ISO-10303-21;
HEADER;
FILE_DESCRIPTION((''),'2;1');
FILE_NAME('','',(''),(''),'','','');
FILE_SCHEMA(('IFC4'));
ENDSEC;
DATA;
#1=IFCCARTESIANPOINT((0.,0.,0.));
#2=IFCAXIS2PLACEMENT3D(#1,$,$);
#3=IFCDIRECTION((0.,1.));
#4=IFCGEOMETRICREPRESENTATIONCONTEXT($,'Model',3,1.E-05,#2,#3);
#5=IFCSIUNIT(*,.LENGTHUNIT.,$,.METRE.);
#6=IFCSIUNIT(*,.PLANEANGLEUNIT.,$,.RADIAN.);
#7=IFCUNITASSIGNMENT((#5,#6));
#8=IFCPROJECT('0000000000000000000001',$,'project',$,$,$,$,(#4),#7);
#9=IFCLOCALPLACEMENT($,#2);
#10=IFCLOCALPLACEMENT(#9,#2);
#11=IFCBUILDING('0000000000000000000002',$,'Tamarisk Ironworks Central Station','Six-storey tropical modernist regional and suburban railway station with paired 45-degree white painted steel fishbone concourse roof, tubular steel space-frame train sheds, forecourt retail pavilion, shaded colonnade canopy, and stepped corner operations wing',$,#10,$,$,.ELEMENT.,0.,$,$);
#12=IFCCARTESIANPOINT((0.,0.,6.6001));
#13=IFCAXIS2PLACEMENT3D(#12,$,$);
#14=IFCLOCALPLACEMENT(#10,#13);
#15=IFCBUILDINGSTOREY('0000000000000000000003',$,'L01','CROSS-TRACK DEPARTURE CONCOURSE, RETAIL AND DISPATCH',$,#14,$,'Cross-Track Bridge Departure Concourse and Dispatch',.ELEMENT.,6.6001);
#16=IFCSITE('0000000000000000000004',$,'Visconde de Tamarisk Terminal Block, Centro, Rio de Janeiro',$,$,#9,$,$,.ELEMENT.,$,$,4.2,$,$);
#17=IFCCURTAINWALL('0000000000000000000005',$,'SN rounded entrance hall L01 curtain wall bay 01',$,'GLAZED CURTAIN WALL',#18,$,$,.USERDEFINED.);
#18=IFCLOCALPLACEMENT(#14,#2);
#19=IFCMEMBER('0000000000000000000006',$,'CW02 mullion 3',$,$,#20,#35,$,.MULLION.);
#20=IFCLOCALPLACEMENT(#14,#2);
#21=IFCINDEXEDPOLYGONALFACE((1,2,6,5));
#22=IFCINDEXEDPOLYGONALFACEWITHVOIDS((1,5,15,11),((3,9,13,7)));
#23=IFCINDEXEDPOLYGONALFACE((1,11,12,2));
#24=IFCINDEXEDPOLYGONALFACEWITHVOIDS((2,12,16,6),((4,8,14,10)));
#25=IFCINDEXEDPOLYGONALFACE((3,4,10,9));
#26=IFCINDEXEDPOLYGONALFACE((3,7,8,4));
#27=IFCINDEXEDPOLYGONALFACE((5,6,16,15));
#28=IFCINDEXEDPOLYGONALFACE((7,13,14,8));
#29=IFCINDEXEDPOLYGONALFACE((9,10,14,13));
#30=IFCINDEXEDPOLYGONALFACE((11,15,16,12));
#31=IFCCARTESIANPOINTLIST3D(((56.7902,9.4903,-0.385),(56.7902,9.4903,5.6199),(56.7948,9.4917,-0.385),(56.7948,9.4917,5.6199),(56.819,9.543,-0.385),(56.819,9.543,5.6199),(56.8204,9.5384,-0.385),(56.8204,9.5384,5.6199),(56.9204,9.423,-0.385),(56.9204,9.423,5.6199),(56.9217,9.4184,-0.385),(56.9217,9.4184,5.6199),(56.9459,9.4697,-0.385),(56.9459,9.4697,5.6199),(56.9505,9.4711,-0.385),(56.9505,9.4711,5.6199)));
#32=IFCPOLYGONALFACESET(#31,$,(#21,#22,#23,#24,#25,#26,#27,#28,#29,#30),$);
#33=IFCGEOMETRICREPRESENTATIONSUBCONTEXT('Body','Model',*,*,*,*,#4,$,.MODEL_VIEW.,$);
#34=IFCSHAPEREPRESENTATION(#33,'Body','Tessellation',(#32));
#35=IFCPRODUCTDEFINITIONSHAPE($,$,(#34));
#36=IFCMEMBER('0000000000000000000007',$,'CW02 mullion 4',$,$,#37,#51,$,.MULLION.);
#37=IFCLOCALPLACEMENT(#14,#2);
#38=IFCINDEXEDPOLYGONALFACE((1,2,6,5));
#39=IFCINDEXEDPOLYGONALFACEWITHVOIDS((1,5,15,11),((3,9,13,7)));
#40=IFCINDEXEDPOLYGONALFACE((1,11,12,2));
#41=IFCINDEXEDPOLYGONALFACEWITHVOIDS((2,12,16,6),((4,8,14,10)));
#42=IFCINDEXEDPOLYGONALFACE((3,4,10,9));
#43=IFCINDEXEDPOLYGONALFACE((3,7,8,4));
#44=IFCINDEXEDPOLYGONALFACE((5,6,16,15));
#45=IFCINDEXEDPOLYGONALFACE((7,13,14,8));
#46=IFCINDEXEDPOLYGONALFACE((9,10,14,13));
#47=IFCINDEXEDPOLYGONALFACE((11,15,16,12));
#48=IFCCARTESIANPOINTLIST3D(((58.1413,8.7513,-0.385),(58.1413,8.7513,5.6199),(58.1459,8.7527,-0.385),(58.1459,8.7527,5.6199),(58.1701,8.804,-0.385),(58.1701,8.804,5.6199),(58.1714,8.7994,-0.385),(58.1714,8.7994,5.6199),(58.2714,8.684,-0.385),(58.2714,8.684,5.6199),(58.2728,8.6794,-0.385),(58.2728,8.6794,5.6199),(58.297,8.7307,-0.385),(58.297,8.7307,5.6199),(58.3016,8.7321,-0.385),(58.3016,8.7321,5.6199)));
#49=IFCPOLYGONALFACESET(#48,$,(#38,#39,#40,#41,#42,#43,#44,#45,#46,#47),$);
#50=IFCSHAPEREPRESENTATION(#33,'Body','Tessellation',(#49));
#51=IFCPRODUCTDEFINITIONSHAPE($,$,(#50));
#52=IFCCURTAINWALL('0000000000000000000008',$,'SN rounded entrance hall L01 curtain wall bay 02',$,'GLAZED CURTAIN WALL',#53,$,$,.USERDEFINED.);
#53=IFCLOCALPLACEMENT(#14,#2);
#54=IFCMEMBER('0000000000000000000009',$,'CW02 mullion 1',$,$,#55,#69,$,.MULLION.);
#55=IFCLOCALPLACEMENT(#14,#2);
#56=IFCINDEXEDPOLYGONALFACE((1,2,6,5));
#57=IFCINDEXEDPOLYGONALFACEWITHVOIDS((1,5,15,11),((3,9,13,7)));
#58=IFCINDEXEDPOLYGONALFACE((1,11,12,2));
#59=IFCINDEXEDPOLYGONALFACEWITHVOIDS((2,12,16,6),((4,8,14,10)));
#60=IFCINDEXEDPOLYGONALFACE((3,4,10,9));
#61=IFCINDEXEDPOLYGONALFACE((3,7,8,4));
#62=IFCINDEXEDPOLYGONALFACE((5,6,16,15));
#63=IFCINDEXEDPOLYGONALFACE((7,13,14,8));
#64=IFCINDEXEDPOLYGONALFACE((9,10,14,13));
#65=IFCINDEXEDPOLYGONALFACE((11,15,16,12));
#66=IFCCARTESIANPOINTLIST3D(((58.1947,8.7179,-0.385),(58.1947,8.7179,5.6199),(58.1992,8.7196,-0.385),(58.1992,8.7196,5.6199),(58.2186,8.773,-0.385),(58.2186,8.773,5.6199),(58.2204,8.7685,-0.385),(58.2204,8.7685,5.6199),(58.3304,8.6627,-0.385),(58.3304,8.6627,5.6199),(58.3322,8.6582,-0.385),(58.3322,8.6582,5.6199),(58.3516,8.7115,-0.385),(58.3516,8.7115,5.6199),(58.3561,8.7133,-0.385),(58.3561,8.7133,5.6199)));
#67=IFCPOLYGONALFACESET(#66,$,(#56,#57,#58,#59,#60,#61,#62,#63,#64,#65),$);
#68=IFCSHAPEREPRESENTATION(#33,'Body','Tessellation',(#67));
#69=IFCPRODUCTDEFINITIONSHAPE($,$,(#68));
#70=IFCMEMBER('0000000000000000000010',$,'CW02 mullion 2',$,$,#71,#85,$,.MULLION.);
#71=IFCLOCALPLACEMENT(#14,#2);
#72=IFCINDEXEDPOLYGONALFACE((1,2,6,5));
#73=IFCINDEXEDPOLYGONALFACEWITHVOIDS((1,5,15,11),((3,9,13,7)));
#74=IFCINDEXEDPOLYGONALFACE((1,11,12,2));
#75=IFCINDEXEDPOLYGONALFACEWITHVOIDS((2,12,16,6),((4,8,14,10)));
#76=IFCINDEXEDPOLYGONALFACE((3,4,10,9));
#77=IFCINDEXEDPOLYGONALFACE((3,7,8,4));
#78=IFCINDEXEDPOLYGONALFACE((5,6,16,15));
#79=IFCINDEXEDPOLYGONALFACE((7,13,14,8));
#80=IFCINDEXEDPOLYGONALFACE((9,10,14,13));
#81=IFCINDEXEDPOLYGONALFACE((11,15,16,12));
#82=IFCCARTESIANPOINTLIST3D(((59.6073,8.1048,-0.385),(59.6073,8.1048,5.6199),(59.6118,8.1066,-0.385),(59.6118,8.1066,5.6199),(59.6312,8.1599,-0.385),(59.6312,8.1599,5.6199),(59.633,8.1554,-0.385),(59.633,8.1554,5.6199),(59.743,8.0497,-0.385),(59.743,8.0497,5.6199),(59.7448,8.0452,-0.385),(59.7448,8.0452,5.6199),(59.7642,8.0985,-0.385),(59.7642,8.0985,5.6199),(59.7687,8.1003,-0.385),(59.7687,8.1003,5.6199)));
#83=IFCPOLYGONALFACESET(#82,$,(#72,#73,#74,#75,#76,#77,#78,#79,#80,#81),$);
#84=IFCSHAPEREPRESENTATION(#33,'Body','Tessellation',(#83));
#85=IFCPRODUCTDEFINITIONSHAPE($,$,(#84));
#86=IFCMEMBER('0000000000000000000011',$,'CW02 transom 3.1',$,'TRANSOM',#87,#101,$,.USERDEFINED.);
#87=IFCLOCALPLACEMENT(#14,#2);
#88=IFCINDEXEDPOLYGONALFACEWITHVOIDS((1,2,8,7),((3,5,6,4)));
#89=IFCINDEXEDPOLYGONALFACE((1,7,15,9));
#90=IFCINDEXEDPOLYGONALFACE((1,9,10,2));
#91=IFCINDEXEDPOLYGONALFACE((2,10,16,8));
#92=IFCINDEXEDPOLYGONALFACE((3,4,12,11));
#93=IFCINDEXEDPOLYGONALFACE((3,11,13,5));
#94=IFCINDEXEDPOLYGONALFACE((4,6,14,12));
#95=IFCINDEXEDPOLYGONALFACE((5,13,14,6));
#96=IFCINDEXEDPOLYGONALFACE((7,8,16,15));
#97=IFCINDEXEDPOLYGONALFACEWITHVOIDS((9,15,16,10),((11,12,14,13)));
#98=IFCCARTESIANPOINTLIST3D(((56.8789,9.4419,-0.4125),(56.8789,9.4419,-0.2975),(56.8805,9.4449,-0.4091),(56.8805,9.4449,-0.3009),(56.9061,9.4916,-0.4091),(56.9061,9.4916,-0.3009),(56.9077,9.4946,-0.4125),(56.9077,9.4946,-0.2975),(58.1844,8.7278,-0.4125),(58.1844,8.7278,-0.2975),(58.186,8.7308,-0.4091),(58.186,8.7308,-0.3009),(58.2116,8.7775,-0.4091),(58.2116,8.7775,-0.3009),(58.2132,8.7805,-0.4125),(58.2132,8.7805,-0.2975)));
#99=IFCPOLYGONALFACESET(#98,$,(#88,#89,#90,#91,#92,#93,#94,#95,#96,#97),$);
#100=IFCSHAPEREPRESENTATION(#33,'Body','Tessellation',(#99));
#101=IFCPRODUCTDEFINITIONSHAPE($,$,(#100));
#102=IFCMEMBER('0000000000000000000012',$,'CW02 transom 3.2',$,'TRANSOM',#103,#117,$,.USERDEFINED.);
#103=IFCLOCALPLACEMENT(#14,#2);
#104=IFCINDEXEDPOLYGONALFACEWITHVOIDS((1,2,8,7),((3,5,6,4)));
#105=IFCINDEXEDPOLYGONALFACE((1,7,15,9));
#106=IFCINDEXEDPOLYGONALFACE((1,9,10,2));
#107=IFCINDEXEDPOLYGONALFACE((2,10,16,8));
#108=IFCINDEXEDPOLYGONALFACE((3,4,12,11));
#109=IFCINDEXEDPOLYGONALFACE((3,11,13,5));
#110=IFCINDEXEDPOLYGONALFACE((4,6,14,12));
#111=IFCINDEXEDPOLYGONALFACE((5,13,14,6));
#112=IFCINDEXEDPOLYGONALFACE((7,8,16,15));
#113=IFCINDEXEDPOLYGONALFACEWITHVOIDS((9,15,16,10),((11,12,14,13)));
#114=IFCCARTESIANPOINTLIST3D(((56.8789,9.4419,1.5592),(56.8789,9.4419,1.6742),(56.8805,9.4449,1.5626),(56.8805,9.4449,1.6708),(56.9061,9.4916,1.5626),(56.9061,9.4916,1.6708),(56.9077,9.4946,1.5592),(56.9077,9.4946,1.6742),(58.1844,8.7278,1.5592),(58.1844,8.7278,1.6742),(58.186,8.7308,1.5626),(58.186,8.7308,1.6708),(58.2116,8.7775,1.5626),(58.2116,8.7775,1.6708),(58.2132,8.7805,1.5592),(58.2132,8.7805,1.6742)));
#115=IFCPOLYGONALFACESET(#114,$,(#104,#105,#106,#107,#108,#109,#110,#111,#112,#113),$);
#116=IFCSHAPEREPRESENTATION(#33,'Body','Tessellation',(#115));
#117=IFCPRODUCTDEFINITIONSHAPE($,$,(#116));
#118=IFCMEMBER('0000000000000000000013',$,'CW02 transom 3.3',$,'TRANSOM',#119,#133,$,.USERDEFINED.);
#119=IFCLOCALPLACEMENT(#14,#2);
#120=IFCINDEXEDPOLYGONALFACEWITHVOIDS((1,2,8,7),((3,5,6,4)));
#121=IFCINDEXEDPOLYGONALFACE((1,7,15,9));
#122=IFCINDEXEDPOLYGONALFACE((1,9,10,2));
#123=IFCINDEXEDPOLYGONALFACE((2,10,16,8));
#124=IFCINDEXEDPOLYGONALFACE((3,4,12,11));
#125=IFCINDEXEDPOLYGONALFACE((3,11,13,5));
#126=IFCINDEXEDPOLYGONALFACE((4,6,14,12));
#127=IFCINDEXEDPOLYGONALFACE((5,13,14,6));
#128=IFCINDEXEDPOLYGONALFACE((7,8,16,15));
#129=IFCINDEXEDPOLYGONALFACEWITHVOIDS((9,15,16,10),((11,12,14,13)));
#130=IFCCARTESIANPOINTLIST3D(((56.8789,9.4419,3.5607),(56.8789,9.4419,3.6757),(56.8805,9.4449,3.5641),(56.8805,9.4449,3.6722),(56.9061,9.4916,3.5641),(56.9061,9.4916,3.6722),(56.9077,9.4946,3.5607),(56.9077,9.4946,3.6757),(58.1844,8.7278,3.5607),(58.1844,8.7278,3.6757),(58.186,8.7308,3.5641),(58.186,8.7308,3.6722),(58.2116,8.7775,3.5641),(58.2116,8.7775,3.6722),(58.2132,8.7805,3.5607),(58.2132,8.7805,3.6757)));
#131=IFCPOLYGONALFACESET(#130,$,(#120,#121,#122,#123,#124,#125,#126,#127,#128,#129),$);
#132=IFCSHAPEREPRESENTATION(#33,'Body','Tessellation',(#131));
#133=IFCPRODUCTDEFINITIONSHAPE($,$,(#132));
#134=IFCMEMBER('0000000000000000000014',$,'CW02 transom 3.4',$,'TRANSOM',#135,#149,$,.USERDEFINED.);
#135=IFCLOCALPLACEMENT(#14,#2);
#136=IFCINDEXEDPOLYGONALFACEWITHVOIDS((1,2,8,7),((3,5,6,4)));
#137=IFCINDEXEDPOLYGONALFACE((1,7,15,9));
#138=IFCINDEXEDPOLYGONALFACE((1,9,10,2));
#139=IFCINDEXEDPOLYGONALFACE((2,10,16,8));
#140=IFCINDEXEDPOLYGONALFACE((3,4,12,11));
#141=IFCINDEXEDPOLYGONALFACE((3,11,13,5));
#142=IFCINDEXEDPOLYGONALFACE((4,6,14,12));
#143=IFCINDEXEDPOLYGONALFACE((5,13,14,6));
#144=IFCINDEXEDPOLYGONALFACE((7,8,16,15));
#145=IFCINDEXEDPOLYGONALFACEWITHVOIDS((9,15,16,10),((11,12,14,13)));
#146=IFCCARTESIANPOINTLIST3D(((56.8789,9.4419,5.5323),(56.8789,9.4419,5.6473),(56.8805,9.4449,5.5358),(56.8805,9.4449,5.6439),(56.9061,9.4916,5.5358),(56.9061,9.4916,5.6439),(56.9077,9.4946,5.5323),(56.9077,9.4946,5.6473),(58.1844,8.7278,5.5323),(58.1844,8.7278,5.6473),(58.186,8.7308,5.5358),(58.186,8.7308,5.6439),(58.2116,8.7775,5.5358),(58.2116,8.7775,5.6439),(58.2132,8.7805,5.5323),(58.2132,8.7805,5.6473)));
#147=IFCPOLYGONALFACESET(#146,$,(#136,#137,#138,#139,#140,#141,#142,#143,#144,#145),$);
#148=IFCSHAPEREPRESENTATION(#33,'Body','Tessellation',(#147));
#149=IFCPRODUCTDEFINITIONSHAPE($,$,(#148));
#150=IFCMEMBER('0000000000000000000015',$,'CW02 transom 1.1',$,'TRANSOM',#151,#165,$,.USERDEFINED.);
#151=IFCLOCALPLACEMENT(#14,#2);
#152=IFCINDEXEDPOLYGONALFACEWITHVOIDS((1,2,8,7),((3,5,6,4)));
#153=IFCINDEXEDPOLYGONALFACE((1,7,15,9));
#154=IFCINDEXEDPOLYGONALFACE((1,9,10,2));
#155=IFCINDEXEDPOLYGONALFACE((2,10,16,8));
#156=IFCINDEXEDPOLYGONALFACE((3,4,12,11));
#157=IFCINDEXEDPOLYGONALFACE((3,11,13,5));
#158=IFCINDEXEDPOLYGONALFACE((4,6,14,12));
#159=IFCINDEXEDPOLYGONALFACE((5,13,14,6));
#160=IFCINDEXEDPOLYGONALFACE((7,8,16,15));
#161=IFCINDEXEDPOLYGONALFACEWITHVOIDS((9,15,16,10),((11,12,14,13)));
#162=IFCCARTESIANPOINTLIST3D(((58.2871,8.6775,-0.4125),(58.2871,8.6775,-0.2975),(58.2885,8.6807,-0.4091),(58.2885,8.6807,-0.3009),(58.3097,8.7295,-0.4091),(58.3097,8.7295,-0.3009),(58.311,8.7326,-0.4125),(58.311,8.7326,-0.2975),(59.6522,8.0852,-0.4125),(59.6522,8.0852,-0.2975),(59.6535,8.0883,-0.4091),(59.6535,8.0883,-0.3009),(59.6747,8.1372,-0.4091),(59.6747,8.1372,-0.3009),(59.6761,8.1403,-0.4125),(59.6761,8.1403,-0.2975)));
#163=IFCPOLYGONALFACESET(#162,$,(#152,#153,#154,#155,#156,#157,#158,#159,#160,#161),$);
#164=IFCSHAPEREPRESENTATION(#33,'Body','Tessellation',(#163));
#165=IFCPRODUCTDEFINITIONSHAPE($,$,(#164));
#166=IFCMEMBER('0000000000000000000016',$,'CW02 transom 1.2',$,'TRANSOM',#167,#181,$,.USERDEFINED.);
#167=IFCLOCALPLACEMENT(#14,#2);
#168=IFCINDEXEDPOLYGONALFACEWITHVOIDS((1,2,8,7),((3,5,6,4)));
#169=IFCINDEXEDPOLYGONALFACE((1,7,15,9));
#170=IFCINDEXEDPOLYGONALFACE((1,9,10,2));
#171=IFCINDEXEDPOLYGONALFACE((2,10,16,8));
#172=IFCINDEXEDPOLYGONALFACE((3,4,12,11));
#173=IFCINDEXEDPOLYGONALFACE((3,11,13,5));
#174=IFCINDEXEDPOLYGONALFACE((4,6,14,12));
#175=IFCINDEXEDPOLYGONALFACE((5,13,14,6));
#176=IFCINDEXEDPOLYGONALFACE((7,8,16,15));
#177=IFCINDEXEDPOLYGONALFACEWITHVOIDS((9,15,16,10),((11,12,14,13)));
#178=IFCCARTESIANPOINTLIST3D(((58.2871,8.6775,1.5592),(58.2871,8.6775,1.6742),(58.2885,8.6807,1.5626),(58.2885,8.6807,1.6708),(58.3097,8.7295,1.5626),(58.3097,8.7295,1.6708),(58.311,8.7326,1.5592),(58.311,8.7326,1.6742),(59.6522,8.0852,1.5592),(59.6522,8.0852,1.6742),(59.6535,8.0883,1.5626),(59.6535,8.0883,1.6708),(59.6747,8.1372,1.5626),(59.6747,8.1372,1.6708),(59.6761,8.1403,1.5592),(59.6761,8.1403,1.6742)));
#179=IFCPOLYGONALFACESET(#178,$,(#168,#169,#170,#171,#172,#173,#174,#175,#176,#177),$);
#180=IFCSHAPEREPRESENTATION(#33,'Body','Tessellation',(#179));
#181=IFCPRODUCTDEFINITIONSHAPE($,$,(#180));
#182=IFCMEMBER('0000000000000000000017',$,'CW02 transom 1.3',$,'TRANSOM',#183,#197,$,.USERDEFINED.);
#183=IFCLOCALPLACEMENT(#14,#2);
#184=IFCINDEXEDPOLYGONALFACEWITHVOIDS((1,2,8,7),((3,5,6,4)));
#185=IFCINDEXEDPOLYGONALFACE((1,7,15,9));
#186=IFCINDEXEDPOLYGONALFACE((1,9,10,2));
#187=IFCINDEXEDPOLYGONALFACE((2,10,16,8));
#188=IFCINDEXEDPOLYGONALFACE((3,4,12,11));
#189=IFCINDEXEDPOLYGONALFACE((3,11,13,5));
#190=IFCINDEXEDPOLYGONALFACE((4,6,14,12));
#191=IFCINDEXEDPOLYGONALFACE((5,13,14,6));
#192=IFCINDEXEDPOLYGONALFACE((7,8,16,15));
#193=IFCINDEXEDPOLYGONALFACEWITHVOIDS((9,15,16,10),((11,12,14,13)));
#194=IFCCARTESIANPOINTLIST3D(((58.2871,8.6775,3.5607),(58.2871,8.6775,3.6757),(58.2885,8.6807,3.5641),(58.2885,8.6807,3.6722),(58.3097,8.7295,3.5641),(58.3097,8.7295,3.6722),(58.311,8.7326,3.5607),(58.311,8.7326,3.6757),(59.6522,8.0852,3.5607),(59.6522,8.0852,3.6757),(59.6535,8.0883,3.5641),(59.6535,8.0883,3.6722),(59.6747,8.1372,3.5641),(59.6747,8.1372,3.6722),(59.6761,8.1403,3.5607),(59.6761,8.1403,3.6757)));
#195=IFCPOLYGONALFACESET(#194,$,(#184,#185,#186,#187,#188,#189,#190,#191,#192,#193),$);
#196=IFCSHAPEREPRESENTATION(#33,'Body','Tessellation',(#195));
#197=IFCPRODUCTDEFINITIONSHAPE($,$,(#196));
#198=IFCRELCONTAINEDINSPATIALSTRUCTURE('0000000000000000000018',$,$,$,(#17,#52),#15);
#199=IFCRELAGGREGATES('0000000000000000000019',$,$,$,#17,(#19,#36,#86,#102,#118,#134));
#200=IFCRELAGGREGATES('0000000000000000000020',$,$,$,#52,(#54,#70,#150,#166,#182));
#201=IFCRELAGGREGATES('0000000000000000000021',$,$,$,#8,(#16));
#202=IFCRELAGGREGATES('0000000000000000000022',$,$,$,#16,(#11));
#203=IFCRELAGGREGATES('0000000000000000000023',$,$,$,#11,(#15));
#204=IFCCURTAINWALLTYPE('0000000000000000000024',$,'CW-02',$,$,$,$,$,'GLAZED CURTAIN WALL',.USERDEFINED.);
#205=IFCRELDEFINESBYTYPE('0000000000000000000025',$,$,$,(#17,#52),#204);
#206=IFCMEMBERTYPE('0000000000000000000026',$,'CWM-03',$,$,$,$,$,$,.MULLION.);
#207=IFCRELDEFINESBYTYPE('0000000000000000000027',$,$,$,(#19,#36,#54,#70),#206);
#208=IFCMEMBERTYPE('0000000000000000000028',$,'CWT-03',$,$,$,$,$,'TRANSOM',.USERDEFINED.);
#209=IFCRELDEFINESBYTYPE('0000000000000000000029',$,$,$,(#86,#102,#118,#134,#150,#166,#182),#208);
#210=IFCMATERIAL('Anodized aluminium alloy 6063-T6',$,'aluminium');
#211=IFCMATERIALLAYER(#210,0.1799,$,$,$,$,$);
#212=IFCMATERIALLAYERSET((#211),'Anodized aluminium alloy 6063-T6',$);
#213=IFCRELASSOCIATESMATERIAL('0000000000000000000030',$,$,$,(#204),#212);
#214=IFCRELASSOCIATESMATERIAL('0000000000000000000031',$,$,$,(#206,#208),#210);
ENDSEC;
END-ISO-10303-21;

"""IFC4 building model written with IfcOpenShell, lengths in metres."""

from ifc_helpers import new_model, si_unit, direction, frame, origin, origin_2d, place, context, subcontext, project, spatial, hollow_rectangle, extrude, material, layer, layer_set, material_profile, profile_set, type_object, element, aggregate, save


model = new_model("IFC4")

# Units and contexts
model_context = context("Model", 3, precision=1e-05, world=origin(), true_north=direction((0.0, 1.0)))
body_context = subcontext(model_context, "Body", "Model", "MODEL_VIEW")
ifc_project = project(units=[si_unit("LENGTHUNIT", "METRE"), si_unit("PLANEANGLEUNIT", "RADIAN")], contexts=[model_context])

# Site, building, storey
site_placement = place(None, origin())
site = spatial("IfcSite", under=ifc_project, at=site_placement, Name="Visconde de Tamarisk Terminal Block, Centro, Rio de Janeiro", CompositionType="ELEMENT", RefElevation=4.2)
building_placement = place(site_placement, origin())
building = spatial("IfcBuilding", under=site, at=building_placement, Name="Tamarisk Ironworks Central Station", Description="Six-storey tropical modernist regional and suburban railway station with paired 45-degree white painted steel fishbone concourse roof, tubular steel space-frame train sheds, forecourt retail pavilion, shaded colonnade canopy, and stepped corner operations wing", CompositionType="ELEMENT", ElevationOfRefHeight=0.0)
storey_placement = place(building_placement, frame((0.0, 0.0, 6.6001)))
storey = spatial("IfcBuildingStorey", under=building, at=storey_placement, Name="L01", Description="CROSS-TRACK DEPARTURE CONCOURSE, RETAIL AND DISPATCH", LongName="Cross-Track Bridge Departure Concourse and Dispatch", CompositionType="ELEMENT", Elevation=6.6001)

# Curtain walls, members
ifc_material_1 = material(Name="Anodized aluminium alloy 6063-T6", Category="aluminium")
ifc_layer_1 = layer(ifc_material_1, 0.1799)
ifc_layer_set_1 = layer_set([ifc_layer_1], Name="Anodized aluminium alloy 6063-T6")
curtain_wall_type = type_object("IfcCurtainWallType", Name="CW-02", ElementType="GLAZED CURTAIN WALL", PredefinedType="USERDEFINED", material=ifc_layer_set_1)
curtain_wall_1_placement = place(storey_placement, origin())
curtain_wall_1 = element("IfcCurtainWall", 1, at=curtain_wall_1_placement, inside=storey, type_object=curtain_wall_type, Name="SN rounded entrance hall L01 curtain wall bay 01", ObjectType="GLAZED CURTAIN WALL", PredefinedType="USERDEFINED")
ifc_material_profile_1 = material_profile(ifc_material_1, hollow_rectangle(XDim=0.0601, YDim=0.1499, WallThickness=0.0034, at=origin_2d()), Name="ALUM 150x60")
ifc_profile_set_1 = profile_set([ifc_material_profile_1], Name="Anodized aluminium alloy 6063-T6")
member_type_1 = type_object("IfcMemberType", Name="CWM-03", PredefinedType="MULLION", material=ifc_profile_set_1)
member_1_placement = place(storey_placement, frame((56.8704, 9.4807, -0.385), z_axis=(0.0, 0.0, 1.0), x_axis=(0.479805, 0.877375, 0.0)))
member_1 = element("IfcMember", 2, at=member_1_placement, type_object=member_type_1, Name="CW02 mullion 3", PredefinedType="MULLION", context=body_context, shape_type="SweptSolid", body=[
    extrude(hollow_rectangle(XDim=0.0601, YDim=0.1499, WallThickness=0.0034, at=origin_2d()), origin(), (0.0, 0.0, 1.0), 6.0049),
])
member_2_placement = place(storey_placement, frame((58.2214, 8.7417, -0.385), z_axis=(0.0, 0.0, 1.0), x_axis=(0.479805, 0.877375, 0.0)))
member_2 = element("IfcMember", 3, at=member_2_placement, type_object=member_type_1, Name="CW02 mullion 4", PredefinedType="MULLION", context=body_context, shape_type="SweptSolid", body=[
    extrude(hollow_rectangle(XDim=0.0601, YDim=0.1499, WallThickness=0.0034, at=origin_2d()), origin(), (0.0, 0.0, 1.0), 6.0049),
])
curtain_wall_2_placement = place(storey_placement, origin())
curtain_wall_2 = element("IfcCurtainWall", 4, at=curtain_wall_2_placement, inside=storey, type_object=curtain_wall_type, Name="SN rounded entrance hall L01 curtain wall bay 02", ObjectType="GLAZED CURTAIN WALL", PredefinedType="USERDEFINED")
member_3_placement = place(storey_placement, frame((58.2754, 8.7156, -0.385), z_axis=(0.0, 0.0, 1.0), x_axis=(0.398077, 0.917352, 0.0)))
member_3 = element("IfcMember", 5, at=member_3_placement, type_object=member_type_1, Name="CW02 mullion 1", PredefinedType="MULLION", context=body_context, shape_type="SweptSolid", body=[
    extrude(hollow_rectangle(XDim=0.0601, YDim=0.1499, WallThickness=0.0034, at=origin_2d()), origin(), (0.0, 0.0, 1.0), 6.0049),
])
member_4_placement = place(storey_placement, frame((59.688, 8.1025, -0.385), z_axis=(0.0, 0.0, 1.0), x_axis=(0.398077, 0.917352, 0.0)))
member_4 = element("IfcMember", 6, at=member_4_placement, type_object=member_type_1, Name="CW02 mullion 2", PredefinedType="MULLION", context=body_context, shape_type="SweptSolid", body=[
    extrude(hollow_rectangle(XDim=0.0601, YDim=0.1499, WallThickness=0.0034, at=origin_2d()), origin(), (0.0, 0.0, 1.0), 6.0049),
])

# Members
ifc_material_profile_2 = material_profile(ifc_material_1, hollow_rectangle(XDim=0.0601, YDim=0.115, WallThickness=0.0034, at=origin_2d()), Name="ALUM 115x60")
ifc_profile_set_2 = profile_set([ifc_material_profile_2], Name="Anodized aluminium alloy 6063-T6")
member_type_2 = type_object("IfcMemberType", Name="CWT-03", ElementType="TRANSOM", PredefinedType="USERDEFINED", material=ifc_profile_set_2)
member_5_placement = place(storey_placement, frame((56.8933, 9.4683, -0.355), z_axis=(0.877312, -0.479921, 0.0), x_axis=(0.479921, 0.877312, 0.0)))
member_5 = element("IfcMember", 7, at=member_5_placement, type_object=member_type_2, Name="CW02 transom 3.1", ObjectType="TRANSOM", PredefinedType="USERDEFINED", context=body_context, shape_type="SweptSolid", body=[
    extrude(hollow_rectangle(XDim=0.0601, YDim=0.115, WallThickness=0.0034, at=origin_2d()), origin(), (0.0, 0.0, 1.0), 1.488),
])
member_6_placement = place(storey_placement, frame((56.8933, 9.4683, 1.6167), z_axis=(0.877312, -0.479921, 0.0), x_axis=(0.479921, 0.877312, 0.0)))
member_6 = element("IfcMember", 8, at=member_6_placement, type_object=member_type_2, Name="CW02 transom 3.2", ObjectType="TRANSOM", PredefinedType="USERDEFINED", context=body_context, shape_type="SweptSolid", body=[
    extrude(hollow_rectangle(XDim=0.0601, YDim=0.115, WallThickness=0.0034, at=origin_2d()), origin(), (0.0, 0.0, 1.0), 1.488),
])
member_7_placement = place(storey_placement, frame((56.8933, 9.4683, 3.6182), z_axis=(0.877312, -0.479921, 0.0), x_axis=(0.479921, 0.877312, 0.0)))
member_7 = element("IfcMember", 9, at=member_7_placement, type_object=member_type_2, Name="CW02 transom 3.3", ObjectType="TRANSOM", PredefinedType="USERDEFINED", context=body_context, shape_type="SweptSolid", body=[
    extrude(hollow_rectangle(XDim=0.0601, YDim=0.115, WallThickness=0.0034, at=origin_2d()), origin(), (0.0, 0.0, 1.0), 1.488),
])
member_8_placement = place(storey_placement, frame((56.8933, 9.4683, 5.5898), z_axis=(0.877312, -0.479921, 0.0), x_axis=(0.479921, 0.877312, 0.0)))
member_8 = element("IfcMember", 10, at=member_8_placement, type_object=member_type_2, Name="CW02 transom 3.4", ObjectType="TRANSOM", PredefinedType="USERDEFINED", context=body_context, shape_type="SweptSolid", body=[
    extrude(hollow_rectangle(XDim=0.0601, YDim=0.115, WallThickness=0.0034, at=origin_2d()), origin(), (0.0, 0.0, 1.0), 1.488),
])
member_9_placement = place(storey_placement, frame((58.2991, 8.7051, -0.355), z_axis=(0.917362, -0.398054, 0.0), x_axis=(0.398054, 0.917362, 0.0)))
member_9 = element("IfcMember", 11, at=member_9_placement, type_object=member_type_2, Name="CW02 transom 1.1", ObjectType="TRANSOM", PredefinedType="USERDEFINED", context=body_context, shape_type="SweptSolid", body=[
    extrude(hollow_rectangle(XDim=0.0601, YDim=0.115, WallThickness=0.0034, at=origin_2d()), origin(), (0.0, 0.0, 1.0), 1.488),
])
member_10_placement = place(storey_placement, frame((58.2991, 8.7051, 1.6167), z_axis=(0.917362, -0.398054, 0.0), x_axis=(0.398054, 0.917362, 0.0)))
member_10 = element("IfcMember", 12, at=member_10_placement, type_object=member_type_2, Name="CW02 transom 1.2", ObjectType="TRANSOM", PredefinedType="USERDEFINED", context=body_context, shape_type="SweptSolid", body=[
    extrude(hollow_rectangle(XDim=0.0601, YDim=0.115, WallThickness=0.0034, at=origin_2d()), origin(), (0.0, 0.0, 1.0), 1.488),
])
member_11_placement = place(storey_placement, frame((58.2991, 8.7051, 3.6182), z_axis=(0.917362, -0.398054, 0.0), x_axis=(0.398054, 0.917362, 0.0)))
member_11 = element("IfcMember", 13, at=member_11_placement, type_object=member_type_2, Name="CW02 transom 1.3", ObjectType="TRANSOM", PredefinedType="USERDEFINED", context=body_context, shape_type="SweptSolid", body=[
    extrude(hollow_rectangle(XDim=0.0601, YDim=0.115, WallThickness=0.0034, at=origin_2d()), origin(), (0.0, 0.0, 1.0), 1.488),
])

aggregate(curtain_wall_1, [member_1, member_2, member_5, member_6, member_7, member_8])
aggregate(curtain_wall_2, [member_3, member_4, member_9, member_10, member_11])

save(model, "model.ifc")
